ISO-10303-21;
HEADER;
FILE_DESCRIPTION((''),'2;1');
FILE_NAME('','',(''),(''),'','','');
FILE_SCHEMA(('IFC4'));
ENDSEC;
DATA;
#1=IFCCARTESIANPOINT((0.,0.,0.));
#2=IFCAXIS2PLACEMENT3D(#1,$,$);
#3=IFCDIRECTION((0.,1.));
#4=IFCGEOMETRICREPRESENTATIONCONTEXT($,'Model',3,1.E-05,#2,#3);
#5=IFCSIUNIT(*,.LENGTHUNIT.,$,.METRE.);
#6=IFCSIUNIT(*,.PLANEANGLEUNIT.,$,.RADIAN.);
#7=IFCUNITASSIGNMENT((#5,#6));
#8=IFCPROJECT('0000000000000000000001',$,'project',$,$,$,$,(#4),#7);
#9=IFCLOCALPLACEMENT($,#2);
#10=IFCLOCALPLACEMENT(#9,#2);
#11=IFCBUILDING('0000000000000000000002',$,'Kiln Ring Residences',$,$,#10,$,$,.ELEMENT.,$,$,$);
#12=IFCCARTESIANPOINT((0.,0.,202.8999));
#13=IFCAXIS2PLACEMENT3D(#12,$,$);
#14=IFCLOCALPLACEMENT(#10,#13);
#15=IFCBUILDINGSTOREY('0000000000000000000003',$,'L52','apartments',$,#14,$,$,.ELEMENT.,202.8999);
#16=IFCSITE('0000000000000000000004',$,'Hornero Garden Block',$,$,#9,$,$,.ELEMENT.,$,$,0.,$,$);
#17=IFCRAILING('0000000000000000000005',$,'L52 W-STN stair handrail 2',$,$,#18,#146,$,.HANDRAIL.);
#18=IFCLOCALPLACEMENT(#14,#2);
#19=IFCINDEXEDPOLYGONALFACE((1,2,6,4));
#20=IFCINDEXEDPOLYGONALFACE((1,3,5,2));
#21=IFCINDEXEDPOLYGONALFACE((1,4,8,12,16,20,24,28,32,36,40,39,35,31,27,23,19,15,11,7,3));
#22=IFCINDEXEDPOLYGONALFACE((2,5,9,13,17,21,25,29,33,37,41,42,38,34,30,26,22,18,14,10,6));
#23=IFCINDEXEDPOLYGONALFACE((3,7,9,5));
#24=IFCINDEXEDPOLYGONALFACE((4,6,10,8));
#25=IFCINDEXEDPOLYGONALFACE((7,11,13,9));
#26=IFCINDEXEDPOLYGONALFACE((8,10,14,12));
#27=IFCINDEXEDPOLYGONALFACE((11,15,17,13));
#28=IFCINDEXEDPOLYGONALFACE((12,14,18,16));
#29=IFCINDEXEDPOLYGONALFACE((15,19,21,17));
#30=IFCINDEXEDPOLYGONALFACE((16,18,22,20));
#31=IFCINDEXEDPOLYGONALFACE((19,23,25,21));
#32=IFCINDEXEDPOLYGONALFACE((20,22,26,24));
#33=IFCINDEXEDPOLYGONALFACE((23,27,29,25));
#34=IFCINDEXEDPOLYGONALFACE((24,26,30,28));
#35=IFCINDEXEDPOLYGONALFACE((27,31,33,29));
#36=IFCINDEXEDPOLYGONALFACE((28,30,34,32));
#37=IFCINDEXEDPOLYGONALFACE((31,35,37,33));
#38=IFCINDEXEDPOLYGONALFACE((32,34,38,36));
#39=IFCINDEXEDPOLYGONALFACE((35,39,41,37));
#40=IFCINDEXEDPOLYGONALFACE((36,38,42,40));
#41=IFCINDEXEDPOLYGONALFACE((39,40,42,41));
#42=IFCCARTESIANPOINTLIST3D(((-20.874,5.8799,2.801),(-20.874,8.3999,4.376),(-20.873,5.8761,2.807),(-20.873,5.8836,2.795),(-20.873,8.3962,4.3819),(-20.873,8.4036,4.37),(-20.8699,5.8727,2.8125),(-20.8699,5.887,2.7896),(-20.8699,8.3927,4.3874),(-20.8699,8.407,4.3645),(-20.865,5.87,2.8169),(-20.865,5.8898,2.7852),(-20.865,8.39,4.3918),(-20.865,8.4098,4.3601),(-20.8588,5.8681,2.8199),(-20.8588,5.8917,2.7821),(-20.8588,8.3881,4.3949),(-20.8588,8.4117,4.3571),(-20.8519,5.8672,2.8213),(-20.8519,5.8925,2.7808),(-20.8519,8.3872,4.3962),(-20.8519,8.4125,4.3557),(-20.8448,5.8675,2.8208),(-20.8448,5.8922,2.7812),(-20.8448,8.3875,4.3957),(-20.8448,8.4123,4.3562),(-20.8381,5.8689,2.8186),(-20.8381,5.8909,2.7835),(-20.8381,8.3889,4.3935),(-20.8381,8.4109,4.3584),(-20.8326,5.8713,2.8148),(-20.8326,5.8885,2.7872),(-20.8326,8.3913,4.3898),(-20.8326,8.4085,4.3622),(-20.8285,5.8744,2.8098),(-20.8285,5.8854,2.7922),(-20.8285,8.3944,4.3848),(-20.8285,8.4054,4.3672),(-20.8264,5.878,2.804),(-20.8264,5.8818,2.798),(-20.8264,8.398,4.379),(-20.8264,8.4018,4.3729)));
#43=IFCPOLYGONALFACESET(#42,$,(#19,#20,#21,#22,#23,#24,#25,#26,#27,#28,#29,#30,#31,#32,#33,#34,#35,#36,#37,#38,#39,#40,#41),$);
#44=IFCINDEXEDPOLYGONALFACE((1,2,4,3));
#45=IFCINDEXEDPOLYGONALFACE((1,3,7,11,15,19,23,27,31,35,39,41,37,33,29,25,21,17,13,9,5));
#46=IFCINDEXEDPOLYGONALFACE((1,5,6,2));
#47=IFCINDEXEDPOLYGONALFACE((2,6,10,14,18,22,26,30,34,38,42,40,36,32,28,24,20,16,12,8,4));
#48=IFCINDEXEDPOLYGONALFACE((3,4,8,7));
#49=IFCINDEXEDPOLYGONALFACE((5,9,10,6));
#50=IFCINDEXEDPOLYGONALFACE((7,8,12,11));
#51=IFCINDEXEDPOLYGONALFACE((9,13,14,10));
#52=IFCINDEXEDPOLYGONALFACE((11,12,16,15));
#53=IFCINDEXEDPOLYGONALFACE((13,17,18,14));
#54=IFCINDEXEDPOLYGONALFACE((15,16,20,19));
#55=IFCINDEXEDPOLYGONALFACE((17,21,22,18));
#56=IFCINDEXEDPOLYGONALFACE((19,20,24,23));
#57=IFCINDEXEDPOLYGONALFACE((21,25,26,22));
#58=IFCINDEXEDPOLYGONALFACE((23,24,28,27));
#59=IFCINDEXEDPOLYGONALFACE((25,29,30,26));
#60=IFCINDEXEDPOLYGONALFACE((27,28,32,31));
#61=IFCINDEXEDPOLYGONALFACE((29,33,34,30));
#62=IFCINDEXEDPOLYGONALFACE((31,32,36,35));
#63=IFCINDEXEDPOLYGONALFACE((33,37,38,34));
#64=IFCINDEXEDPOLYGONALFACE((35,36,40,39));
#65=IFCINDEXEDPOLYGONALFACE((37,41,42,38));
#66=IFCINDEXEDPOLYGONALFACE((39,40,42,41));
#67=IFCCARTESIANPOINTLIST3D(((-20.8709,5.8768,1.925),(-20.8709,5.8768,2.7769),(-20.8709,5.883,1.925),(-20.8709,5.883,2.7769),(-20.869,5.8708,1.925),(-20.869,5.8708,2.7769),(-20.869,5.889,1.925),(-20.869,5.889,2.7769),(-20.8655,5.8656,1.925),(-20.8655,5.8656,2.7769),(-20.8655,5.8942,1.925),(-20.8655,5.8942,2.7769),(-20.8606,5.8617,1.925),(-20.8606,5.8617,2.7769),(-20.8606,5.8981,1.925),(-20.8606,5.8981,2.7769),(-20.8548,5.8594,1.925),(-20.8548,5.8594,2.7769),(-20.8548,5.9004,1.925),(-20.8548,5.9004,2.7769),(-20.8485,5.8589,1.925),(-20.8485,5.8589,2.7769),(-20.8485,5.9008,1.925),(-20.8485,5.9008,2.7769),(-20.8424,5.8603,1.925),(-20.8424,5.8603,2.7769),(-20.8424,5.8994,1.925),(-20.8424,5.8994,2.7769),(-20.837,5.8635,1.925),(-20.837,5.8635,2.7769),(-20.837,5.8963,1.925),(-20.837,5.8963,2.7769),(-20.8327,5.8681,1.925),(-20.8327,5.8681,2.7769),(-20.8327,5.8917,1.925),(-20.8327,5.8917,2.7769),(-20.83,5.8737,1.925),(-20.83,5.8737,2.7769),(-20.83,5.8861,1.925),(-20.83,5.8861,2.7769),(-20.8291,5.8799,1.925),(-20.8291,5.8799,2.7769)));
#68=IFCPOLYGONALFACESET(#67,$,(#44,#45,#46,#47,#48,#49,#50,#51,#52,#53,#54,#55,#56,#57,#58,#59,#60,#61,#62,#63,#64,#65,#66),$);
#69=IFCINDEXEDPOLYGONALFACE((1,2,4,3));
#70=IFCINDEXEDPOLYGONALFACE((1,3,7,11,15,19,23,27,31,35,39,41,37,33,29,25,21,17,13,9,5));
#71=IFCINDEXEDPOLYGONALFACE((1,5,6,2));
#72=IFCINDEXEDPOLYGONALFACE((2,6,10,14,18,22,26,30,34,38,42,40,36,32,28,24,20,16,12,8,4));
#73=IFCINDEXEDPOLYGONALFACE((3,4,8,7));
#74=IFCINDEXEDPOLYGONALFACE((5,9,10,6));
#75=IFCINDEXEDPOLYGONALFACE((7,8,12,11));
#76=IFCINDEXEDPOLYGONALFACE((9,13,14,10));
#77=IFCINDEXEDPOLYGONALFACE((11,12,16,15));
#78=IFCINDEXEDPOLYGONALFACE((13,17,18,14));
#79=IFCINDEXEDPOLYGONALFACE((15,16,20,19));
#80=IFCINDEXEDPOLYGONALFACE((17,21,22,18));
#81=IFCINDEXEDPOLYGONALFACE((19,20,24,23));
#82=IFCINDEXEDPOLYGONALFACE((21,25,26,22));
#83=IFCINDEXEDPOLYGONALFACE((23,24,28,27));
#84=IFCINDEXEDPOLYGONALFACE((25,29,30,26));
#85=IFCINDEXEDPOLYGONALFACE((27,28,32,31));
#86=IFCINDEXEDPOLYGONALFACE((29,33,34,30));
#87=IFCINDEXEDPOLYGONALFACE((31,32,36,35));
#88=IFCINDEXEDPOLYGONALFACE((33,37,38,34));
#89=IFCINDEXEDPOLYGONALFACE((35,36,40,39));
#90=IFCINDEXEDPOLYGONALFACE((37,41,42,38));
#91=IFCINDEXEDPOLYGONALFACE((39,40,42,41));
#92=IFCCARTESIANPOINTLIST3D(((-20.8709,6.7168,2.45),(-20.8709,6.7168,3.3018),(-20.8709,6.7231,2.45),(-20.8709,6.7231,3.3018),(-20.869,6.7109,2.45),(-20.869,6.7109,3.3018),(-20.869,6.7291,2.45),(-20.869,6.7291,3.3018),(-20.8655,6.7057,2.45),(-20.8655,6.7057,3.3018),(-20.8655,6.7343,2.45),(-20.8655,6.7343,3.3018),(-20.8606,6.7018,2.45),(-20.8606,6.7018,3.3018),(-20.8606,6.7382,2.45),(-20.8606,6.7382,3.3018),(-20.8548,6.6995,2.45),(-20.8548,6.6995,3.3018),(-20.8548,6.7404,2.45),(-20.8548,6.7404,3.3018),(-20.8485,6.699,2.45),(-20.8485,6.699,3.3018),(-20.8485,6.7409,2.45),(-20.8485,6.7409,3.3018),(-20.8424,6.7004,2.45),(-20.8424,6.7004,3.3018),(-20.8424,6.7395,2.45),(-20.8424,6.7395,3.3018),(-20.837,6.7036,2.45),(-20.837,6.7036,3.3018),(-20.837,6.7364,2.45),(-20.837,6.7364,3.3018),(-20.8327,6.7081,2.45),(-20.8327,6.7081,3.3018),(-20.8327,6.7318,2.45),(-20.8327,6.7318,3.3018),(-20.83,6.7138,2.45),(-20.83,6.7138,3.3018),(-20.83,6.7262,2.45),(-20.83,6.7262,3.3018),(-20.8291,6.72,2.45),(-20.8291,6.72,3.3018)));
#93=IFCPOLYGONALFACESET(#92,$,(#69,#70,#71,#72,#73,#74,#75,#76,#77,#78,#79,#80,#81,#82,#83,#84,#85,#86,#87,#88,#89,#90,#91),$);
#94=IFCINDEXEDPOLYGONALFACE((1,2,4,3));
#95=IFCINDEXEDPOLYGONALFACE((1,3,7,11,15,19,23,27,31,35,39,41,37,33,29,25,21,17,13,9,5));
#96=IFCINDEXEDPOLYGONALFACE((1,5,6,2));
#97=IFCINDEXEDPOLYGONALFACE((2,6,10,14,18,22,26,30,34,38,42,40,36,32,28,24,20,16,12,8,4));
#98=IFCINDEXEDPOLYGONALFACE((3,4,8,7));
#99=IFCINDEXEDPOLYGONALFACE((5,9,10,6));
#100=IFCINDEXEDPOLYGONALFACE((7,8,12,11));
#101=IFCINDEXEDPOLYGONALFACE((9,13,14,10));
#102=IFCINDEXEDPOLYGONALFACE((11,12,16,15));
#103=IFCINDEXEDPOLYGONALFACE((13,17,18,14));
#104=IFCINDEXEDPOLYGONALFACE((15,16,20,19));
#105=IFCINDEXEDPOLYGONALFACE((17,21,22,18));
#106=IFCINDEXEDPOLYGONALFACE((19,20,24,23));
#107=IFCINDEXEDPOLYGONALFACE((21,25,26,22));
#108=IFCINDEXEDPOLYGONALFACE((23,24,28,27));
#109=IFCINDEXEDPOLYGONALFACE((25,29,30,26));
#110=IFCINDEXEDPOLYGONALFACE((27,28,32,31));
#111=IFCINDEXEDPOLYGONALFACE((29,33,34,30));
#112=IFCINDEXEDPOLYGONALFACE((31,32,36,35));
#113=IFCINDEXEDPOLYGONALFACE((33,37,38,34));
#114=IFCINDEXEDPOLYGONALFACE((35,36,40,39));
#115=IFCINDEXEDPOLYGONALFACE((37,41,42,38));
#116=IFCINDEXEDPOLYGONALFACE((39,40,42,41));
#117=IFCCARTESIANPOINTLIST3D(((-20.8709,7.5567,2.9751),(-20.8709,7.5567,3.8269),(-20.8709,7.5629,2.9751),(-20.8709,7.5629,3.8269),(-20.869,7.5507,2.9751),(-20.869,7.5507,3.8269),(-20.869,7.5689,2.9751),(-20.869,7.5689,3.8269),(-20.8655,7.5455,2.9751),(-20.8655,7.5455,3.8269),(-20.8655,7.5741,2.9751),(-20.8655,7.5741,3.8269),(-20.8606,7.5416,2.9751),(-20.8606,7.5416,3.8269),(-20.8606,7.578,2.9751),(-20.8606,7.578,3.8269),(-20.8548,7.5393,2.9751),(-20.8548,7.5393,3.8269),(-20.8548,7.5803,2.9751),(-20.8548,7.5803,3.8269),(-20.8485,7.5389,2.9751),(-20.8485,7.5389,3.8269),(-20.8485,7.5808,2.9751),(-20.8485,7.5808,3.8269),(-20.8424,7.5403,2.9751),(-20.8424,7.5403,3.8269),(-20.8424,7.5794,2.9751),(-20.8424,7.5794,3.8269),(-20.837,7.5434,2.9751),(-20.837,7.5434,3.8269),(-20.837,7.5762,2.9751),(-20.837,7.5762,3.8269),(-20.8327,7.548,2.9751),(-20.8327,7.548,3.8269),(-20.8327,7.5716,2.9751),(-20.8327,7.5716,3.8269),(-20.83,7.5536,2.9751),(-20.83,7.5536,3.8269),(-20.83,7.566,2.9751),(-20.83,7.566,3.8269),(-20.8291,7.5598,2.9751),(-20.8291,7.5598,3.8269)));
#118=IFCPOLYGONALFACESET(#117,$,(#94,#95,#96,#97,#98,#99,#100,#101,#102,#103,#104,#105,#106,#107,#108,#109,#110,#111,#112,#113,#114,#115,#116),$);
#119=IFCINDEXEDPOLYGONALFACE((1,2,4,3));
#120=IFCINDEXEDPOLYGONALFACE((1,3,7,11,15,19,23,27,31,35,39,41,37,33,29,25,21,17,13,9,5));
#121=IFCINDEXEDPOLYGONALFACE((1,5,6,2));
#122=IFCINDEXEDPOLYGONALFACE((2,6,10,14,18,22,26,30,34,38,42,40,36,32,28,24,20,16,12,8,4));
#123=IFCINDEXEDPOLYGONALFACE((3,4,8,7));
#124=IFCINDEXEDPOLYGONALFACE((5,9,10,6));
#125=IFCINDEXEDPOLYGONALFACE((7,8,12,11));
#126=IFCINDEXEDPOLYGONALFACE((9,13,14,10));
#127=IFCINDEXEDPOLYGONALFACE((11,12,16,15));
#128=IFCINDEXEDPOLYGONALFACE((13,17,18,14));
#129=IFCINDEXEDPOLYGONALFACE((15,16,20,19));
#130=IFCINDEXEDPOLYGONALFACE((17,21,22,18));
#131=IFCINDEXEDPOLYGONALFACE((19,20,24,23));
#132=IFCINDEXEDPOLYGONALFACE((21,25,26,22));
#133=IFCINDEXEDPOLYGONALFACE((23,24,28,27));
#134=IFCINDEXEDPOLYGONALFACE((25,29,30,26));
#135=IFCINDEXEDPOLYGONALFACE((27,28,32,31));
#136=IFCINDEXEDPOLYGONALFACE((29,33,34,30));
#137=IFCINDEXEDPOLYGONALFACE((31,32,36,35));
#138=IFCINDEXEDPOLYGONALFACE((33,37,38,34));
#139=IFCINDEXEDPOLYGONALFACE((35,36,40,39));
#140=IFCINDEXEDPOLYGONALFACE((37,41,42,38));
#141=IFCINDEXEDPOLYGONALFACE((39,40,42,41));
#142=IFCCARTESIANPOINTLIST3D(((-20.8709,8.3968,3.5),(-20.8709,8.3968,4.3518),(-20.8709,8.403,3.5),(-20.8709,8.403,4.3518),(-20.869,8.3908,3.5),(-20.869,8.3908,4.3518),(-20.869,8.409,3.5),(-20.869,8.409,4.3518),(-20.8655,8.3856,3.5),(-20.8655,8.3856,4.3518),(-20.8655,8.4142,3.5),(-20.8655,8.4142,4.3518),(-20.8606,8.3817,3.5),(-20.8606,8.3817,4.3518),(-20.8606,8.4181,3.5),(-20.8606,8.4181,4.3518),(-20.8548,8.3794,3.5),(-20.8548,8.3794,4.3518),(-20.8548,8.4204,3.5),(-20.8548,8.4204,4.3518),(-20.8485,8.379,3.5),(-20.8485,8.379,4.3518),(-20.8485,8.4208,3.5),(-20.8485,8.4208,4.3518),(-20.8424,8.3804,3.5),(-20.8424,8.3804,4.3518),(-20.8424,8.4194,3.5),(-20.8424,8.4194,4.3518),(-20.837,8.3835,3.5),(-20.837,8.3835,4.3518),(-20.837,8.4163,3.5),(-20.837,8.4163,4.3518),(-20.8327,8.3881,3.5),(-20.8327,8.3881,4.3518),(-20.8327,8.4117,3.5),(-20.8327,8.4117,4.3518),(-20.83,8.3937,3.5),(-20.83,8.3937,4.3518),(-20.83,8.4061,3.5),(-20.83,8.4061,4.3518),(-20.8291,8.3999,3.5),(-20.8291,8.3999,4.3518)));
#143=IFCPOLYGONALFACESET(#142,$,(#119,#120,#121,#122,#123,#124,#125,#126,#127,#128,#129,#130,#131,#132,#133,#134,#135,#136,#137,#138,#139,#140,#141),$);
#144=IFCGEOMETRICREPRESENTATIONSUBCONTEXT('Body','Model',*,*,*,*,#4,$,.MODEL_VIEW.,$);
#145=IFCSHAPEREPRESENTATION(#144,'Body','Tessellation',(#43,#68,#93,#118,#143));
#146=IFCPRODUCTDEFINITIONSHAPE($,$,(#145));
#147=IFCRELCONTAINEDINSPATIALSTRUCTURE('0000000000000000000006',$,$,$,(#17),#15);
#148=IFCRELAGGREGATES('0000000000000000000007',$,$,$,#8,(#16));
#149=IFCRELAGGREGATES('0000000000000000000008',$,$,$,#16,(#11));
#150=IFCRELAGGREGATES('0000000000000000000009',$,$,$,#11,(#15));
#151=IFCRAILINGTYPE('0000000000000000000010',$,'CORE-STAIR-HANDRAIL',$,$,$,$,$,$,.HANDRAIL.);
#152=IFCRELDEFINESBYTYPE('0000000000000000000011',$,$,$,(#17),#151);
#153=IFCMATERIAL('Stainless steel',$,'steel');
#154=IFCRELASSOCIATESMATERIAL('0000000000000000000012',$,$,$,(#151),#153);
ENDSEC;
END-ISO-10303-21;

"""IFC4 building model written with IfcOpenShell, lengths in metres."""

from ifc_helpers import new_model, si_unit, direction, frame, origin, origin_2d, place, context, subcontext, project, spatial, circle, extrude, material, type_object, element, save


model = new_model("IFC4")

# Units and contexts
model_context = context("Model", 3, precision=1e-05, world=origin(), true_north=direction((0.0, 1.0)))
body_context = subcontext(model_context, "Body", "Model", "MODEL_VIEW")
ifc_project = project(units=[si_unit("LENGTHUNIT", "METRE"), si_unit("PLANEANGLEUNIT", "RADIAN")], contexts=[model_context])

# Site, building, storey
site_placement = place(None, origin())
site = spatial("IfcSite", under=ifc_project, at=site_placement, Name="Hornero Garden Block", CompositionType="ELEMENT", RefElevation=0.0)
building_placement = place(site_placement, origin())
building = spatial("IfcBuilding", under=site, at=building_placement, Name="Kiln Ring Residences", CompositionType="ELEMENT")
storey_placement = place(building_placement, frame((0.0, 0.0, 202.8999)))
storey = spatial("IfcBuildingStorey", under=building, at=storey_placement, Name="L52", Description="apartments", CompositionType="ELEMENT", Elevation=202.8999)

# Railing
ifc_material_1 = material(Name="Stainless steel", Category="steel")
railing_type_1 = type_object("IfcRailingType", Name="CORE-STAIR-HANDRAIL", PredefinedType="HANDRAIL", material=ifc_material_1)
railing_1_placement = place(storey_placement, frame((-20.8501, 5.8799, 1.925)))
element("IfcRailing", 1, at=railing_1_placement, inside=storey, type_object=railing_type_1, Name="L52 W-STN stair handrail 2", PredefinedType="HANDRAIL", context=body_context, shape_type="SweptSolid", body=[
    extrude(circle(Radius=0.0239, at=origin_2d()), frame((0.0, 0.0, 0.876), z_axis=(0.0, 0.848008, 0.529984), x_axis=(-1.0, 0.0, 0.0)), (0.0, 0.0, 1.0), 2.9717),
    extrude(circle(Radius=0.021, at=origin_2d()), origin(), (0.0, 0.0, 1.0), 0.8518),
    extrude(circle(Radius=0.021, at=origin_2d()), frame((0.0, 0.8401, 0.5249)), (0.0, 0.0, 1.0), 0.8518),
    extrude(circle(Radius=0.021, at=origin_2d()), frame((0.0, 1.6799, 1.05)), (0.0, 0.0, 1.0), 0.8518),
    extrude(circle(Radius=0.021, at=origin_2d()), frame((0.0, 2.52, 1.575)), (0.0, 0.0, 1.0), 0.8518),
])

save(model, "model.ifc")
